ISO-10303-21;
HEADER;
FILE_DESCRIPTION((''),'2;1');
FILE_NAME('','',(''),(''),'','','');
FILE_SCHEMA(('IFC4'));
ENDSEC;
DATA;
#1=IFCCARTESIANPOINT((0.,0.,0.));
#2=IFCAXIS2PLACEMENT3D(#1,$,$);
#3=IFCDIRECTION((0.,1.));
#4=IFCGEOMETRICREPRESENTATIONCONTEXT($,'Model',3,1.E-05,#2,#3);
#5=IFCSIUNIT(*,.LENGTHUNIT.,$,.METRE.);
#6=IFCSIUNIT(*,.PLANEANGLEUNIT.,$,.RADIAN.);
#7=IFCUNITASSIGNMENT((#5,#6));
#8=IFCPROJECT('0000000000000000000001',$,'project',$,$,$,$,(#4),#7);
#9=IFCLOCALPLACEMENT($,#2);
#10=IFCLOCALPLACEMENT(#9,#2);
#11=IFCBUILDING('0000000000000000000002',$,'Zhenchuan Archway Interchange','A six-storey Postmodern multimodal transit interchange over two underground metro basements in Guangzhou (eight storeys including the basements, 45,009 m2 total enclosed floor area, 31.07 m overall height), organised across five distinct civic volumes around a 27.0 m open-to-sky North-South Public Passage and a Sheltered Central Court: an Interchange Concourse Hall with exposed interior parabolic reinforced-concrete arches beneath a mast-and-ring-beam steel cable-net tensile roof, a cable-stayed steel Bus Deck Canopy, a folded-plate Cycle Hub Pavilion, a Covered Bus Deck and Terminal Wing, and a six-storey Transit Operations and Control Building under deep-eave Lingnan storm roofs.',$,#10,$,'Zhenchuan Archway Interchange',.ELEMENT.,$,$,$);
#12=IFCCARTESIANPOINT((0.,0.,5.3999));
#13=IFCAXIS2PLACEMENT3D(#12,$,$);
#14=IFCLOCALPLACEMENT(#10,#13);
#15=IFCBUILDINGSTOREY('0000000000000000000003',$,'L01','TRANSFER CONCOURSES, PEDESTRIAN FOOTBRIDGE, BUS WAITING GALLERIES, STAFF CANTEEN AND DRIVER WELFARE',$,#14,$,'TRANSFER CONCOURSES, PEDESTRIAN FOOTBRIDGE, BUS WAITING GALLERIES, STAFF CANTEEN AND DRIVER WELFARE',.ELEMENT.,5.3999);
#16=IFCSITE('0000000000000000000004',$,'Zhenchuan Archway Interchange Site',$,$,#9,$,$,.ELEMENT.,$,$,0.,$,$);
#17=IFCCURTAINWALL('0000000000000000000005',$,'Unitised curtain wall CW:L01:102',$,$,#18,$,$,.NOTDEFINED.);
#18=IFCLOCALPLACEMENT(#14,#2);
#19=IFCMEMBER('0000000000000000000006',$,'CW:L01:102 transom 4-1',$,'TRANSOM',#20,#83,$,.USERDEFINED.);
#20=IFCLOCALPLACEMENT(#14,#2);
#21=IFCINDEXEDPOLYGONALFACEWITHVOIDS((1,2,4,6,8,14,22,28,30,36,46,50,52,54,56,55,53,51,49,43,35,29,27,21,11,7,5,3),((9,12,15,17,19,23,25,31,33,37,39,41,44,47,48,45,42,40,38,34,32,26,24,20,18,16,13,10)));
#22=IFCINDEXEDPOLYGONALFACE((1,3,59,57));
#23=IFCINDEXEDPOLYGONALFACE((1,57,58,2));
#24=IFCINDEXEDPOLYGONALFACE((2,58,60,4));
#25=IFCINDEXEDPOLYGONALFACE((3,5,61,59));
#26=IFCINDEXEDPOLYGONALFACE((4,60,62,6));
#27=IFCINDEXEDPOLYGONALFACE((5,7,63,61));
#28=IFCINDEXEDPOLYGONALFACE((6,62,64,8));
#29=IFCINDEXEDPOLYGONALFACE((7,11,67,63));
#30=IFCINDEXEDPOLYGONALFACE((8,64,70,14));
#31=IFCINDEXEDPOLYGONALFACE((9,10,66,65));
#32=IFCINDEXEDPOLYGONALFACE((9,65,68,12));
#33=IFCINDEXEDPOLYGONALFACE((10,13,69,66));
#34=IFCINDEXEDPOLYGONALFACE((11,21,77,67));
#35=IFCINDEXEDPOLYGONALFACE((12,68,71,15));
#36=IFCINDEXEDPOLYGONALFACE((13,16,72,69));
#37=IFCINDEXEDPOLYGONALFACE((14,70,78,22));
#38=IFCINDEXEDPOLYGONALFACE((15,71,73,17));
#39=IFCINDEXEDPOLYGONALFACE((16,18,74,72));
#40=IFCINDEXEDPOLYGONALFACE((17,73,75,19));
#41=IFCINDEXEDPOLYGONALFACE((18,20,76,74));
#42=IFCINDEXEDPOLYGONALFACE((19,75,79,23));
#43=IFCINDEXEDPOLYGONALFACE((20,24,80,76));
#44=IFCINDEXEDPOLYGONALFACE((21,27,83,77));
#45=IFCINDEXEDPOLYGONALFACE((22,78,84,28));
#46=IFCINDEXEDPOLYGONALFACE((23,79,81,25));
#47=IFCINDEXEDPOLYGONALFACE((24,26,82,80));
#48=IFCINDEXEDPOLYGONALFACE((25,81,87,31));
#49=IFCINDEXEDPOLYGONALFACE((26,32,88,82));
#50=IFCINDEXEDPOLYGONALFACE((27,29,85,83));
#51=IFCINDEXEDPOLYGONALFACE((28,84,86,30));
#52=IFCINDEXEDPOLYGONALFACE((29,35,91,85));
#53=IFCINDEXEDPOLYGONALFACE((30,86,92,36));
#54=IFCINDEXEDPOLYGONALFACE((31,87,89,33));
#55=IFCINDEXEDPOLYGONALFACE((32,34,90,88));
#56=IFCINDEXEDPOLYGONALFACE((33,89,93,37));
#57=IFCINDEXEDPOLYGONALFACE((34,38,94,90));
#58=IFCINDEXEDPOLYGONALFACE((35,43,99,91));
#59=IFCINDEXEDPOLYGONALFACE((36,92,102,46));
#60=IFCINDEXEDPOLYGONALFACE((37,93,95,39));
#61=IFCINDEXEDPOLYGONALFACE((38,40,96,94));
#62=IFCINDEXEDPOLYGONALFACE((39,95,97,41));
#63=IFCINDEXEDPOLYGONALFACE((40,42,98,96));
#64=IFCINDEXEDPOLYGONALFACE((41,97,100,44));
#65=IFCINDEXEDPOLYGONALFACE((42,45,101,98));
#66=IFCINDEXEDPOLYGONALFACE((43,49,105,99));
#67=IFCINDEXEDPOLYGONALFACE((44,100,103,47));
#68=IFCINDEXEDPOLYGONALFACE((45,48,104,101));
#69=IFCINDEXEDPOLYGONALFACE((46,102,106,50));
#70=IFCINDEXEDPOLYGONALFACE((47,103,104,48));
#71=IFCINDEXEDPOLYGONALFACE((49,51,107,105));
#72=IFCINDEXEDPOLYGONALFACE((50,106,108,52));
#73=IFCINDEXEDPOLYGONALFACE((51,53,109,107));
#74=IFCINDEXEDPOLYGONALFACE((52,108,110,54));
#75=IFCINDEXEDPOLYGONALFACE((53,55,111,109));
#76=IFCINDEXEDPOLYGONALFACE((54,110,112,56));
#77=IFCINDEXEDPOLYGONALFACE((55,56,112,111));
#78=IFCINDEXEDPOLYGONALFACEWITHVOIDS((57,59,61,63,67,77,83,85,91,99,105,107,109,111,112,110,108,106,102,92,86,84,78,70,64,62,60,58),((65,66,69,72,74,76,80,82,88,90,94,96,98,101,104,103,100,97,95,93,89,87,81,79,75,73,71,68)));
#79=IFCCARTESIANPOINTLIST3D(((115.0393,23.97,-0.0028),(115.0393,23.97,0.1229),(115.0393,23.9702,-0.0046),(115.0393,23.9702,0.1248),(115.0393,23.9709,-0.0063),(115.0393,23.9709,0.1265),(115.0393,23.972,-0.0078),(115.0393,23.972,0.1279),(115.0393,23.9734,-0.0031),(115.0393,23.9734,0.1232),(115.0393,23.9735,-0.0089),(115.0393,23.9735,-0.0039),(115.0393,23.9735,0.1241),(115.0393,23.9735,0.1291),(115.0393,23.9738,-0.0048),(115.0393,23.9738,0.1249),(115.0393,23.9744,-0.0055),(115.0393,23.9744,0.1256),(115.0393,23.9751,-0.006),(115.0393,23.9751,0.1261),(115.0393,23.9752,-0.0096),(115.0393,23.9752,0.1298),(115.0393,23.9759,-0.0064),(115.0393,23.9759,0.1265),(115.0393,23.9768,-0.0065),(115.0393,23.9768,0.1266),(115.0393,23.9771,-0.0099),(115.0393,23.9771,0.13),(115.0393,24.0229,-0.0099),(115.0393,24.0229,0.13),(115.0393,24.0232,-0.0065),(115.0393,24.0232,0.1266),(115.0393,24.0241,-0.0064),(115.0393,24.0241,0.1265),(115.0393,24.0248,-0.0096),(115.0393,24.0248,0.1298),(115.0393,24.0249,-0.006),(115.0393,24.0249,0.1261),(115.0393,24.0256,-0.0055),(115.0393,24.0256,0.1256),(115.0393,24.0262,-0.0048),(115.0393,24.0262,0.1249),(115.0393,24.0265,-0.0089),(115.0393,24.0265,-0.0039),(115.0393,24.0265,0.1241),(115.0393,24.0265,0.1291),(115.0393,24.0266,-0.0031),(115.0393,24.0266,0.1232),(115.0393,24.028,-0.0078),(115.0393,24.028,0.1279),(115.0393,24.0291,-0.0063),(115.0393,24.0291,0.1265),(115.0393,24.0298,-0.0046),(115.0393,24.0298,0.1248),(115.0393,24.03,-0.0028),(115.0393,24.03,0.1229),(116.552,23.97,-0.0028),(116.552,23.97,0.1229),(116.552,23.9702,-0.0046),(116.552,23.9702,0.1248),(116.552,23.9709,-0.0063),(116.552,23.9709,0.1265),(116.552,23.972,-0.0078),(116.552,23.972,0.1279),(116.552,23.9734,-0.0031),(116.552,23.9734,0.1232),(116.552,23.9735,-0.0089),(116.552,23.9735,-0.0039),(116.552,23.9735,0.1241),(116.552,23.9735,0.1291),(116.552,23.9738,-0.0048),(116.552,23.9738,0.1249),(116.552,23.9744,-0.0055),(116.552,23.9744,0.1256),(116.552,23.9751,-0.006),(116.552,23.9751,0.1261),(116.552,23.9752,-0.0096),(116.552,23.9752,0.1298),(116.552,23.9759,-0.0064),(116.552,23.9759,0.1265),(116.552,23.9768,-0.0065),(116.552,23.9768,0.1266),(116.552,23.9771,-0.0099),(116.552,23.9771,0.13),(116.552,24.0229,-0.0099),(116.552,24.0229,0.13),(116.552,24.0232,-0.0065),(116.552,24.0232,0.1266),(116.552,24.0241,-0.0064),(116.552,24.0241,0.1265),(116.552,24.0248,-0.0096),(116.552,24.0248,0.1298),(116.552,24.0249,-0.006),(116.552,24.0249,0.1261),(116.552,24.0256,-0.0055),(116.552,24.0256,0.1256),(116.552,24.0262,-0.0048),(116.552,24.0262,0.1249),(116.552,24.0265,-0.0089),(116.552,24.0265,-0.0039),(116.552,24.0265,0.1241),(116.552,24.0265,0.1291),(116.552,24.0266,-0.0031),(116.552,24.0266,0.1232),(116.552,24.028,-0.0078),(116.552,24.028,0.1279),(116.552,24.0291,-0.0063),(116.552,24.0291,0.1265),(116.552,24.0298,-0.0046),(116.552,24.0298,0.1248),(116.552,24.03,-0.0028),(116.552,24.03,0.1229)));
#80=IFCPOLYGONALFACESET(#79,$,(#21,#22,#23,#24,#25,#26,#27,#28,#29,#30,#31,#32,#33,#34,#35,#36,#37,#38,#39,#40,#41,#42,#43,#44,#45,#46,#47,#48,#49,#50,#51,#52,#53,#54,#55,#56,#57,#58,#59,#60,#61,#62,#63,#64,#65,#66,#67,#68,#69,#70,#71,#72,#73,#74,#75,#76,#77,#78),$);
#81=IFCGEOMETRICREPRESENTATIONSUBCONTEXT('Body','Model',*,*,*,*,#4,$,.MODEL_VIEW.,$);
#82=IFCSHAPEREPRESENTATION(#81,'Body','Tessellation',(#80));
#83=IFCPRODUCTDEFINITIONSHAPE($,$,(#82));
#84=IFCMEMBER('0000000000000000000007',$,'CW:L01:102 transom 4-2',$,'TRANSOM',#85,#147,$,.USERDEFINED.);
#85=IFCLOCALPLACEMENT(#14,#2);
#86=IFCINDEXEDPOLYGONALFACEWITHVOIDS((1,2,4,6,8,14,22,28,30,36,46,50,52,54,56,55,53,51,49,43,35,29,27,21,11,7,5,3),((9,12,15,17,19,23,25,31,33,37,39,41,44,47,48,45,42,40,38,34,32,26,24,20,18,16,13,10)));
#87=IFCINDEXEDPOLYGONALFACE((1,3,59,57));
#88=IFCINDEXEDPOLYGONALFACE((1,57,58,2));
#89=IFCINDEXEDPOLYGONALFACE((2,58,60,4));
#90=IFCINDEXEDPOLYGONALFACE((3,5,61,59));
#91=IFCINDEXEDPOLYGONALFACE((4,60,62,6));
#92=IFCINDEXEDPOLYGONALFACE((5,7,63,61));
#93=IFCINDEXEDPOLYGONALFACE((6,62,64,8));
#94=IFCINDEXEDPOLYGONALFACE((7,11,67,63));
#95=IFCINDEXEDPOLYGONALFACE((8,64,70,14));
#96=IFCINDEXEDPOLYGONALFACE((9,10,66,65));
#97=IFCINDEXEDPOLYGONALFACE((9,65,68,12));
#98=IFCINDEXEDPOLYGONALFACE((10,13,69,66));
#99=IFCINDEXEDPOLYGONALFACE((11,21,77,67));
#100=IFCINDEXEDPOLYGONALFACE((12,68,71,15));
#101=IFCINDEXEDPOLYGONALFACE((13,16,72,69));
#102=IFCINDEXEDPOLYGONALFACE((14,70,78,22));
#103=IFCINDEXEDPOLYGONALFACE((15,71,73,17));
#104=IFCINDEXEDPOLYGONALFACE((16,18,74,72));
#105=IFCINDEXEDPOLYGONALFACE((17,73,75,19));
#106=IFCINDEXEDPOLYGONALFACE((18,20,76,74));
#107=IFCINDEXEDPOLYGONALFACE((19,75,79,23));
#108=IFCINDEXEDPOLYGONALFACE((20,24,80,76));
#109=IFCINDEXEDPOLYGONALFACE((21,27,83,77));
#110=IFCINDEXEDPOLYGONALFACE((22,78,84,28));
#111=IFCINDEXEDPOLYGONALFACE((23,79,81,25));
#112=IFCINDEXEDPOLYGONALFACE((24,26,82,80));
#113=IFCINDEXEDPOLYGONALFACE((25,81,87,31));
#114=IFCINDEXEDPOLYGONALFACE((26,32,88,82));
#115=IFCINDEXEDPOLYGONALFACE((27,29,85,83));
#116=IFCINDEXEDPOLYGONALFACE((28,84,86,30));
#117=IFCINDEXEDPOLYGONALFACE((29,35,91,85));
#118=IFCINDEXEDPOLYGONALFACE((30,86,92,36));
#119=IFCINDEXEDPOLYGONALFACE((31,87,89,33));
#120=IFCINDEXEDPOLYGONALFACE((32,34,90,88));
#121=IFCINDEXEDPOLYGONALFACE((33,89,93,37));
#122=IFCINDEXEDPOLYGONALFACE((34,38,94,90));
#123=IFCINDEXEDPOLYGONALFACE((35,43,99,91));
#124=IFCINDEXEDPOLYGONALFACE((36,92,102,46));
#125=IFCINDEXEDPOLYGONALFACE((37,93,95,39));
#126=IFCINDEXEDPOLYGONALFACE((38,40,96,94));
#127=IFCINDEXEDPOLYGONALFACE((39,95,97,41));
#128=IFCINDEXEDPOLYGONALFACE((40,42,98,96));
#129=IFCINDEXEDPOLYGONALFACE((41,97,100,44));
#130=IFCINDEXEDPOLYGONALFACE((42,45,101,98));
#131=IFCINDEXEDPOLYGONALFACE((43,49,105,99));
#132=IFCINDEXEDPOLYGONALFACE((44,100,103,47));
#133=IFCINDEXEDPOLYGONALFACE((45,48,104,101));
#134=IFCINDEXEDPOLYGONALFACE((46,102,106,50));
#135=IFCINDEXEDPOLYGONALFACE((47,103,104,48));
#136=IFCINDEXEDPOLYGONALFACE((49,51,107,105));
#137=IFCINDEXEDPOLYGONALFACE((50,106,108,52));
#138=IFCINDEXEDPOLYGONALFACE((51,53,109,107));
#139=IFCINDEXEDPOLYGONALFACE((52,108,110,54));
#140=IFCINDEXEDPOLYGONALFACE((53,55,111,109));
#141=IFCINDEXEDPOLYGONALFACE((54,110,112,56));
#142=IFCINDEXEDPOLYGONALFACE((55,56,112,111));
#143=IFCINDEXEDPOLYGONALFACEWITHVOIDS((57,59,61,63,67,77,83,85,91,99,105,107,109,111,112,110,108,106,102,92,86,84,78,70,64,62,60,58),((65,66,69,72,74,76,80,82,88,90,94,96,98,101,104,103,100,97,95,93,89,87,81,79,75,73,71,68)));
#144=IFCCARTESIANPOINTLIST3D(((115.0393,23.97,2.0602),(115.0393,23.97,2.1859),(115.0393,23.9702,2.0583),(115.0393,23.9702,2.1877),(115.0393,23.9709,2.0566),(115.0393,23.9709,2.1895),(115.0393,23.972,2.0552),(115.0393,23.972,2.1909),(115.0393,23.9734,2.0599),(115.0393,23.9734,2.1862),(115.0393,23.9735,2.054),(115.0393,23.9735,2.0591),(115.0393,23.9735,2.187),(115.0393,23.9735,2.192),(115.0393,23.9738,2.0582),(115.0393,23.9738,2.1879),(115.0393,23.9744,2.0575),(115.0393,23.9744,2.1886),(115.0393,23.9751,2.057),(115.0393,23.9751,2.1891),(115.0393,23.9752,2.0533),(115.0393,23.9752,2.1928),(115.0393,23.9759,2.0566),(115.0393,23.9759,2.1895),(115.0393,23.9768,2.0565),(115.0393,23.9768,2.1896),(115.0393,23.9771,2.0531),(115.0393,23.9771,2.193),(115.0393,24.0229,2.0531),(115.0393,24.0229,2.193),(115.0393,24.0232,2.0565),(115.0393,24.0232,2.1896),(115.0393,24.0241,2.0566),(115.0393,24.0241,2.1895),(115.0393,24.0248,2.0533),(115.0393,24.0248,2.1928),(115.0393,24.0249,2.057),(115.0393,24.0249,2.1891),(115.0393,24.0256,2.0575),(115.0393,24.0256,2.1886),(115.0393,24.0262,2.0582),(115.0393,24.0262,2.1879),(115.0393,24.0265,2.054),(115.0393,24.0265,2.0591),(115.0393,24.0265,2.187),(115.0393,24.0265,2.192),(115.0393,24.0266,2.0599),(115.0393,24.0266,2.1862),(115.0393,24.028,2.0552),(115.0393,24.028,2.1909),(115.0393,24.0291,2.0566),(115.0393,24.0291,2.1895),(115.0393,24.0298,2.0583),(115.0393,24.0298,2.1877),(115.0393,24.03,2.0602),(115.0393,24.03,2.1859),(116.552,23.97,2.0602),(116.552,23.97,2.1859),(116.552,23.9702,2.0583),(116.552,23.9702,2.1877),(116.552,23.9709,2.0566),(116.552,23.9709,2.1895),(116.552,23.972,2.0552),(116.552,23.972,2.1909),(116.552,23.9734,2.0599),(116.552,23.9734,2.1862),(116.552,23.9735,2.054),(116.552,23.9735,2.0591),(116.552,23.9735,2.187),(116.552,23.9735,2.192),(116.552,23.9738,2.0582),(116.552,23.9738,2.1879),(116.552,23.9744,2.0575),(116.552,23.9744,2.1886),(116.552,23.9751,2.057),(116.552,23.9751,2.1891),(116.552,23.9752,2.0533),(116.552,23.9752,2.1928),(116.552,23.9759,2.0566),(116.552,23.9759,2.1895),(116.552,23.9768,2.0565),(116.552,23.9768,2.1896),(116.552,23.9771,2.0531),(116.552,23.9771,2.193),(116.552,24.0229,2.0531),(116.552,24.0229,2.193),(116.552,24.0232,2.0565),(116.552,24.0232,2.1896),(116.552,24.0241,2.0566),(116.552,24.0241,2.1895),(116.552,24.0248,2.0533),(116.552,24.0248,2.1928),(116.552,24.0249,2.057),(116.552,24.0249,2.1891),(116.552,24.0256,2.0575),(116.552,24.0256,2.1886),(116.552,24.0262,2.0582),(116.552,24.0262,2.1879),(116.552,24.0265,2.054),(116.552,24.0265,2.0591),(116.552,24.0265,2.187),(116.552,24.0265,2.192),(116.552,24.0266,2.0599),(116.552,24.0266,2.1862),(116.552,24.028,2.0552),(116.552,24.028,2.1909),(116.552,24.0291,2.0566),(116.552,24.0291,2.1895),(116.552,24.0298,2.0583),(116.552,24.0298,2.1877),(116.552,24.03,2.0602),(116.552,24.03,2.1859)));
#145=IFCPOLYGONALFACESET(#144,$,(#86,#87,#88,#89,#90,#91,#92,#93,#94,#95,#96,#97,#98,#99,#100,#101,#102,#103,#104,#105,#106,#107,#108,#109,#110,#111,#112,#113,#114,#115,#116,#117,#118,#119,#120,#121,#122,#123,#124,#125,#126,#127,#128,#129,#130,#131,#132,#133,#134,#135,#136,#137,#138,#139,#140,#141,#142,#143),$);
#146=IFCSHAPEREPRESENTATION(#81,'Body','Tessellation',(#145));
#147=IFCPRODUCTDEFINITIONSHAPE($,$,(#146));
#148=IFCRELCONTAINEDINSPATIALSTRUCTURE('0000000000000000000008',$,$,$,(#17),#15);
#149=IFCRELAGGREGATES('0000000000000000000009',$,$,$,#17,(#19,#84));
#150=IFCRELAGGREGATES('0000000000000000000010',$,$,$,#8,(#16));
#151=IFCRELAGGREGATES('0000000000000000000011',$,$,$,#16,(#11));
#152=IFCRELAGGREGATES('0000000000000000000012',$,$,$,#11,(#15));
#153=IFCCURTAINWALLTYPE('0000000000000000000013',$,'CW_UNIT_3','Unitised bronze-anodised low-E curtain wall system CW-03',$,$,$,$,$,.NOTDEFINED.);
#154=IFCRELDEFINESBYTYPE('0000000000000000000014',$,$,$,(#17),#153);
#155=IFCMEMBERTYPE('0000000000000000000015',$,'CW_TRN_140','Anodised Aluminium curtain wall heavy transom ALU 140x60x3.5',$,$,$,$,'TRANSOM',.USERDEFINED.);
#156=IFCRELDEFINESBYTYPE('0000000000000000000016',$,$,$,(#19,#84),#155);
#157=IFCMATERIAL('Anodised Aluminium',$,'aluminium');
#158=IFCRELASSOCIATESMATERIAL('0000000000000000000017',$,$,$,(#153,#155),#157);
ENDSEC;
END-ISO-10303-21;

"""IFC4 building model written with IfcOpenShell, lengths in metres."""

from ifc_helpers import new_model, si_unit, direction, frame, origin, origin_2d, place, context, subcontext, project, spatial, hollow_rectangle, extrude, material, material_profile, profile_set, type_object, element, aggregate, save


model = new_model("IFC4")

# Units and contexts
model_context = context("Model", 3, precision=1e-05, world=origin(), true_north=direction((0.0, 1.0)))
body_context = subcontext(model_context, "Body", "Model", "MODEL_VIEW")
ifc_project = project(units=[si_unit("LENGTHUNIT", "METRE"), si_unit("PLANEANGLEUNIT", "RADIAN")], contexts=[model_context])

# Site, building, storey
site_placement = place(None, origin())
site = spatial("IfcSite", under=ifc_project, at=site_placement, Name="Zhenchuan Archway Interchange Site", CompositionType="ELEMENT", RefElevation=0.0)
building_placement = place(site_placement, origin())
building = spatial("IfcBuilding", under=site, at=building_placement, Name="Zhenchuan Archway Interchange", Description="A six-storey Postmodern multimodal transit interchange over two underground metro basements in Guangzhou (eight storeys including the basements, 45,009 m2 total enclosed floor area, 31.07 m overall height), organised across five distinct civic volumes around a 27.0 m open-to-sky North-South Public Passage and a Sheltered Central Court: an Interchange Concourse Hall with exposed interior parabolic reinforced-concrete arches beneath a mast-and-ring-beam steel cable-net tensile roof, a cable-stayed steel Bus Deck Canopy, a folded-plate Cycle Hub Pavilion, a Covered Bus Deck and Terminal Wing, and a six-storey Transit Operations and Control Building under deep-eave Lingnan storm roofs.", LongName="Zhenchuan Archway Interchange", CompositionType="ELEMENT")
storey_placement = place(building_placement, frame((0.0, 0.0, 5.3999)))
storey = spatial("IfcBuildingStorey", under=building, at=storey_placement, Name="L01", Description="TRANSFER CONCOURSES, PEDESTRIAN FOOTBRIDGE, BUS WAITING GALLERIES, STAFF CANTEEN AND DRIVER WELFARE", LongName="TRANSFER CONCOURSES, PEDESTRIAN FOOTBRIDGE, BUS WAITING GALLERIES, STAFF CANTEEN AND DRIVER WELFARE", CompositionType="ELEMENT", Elevation=5.3999)

# Curtain wall, members
ifc_material_1 = material(Name="Anodised Aluminium", Category="aluminium")
curtain_wall_type = type_object("IfcCurtainWallType", Name="CW_UNIT_3", Description="Unitised bronze-anodised low-E curtain wall system CW-03", PredefinedType="NOTDEFINED", material=ifc_material_1)
curtain_wall_placement = place(storey_placement, origin())
curtain_wall = element("IfcCurtainWall", 1, at=curtain_wall_placement, inside=storey, type_object=curtain_wall_type, Name="Unitised curtain wall CW:L01:102", PredefinedType="NOTDEFINED")
ifc_material_profile_1 = material_profile(ifc_material_1, hollow_rectangle(XDim=0.0601, YDim=0.1399, WallThickness=0.0034, InnerFilletRadius=0.0034, OuterFilletRadius=0.0071, at=origin_2d()), Name="ALU 140x60x3.5")
ifc_profile_set_1 = profile_set([ifc_material_profile_1], Name="Anodised Aluminium")
member_type_1 = type_object("IfcMemberType", Name="CW_TRN_140", Description="Anodised Aluminium curtain wall heavy transom ALU 140x60x3.5", ElementType="TRANSOM", PredefinedType="USERDEFINED", material=ifc_profile_set_1)
member_1_placement = place(storey_placement, frame((115.0393, 24.0, 0.0601), z_axis=(1.0, 0.0, 0.0), x_axis=(0.0, 1.0, 0.0)))
member_1 = element("IfcMember", 2, at=member_1_placement, type_object=member_type_1, Name="CW:L01:102 transom 4-1", ObjectType="TRANSOM", PredefinedType="USERDEFINED", context=body_context, shape_type="SweptSolid", body=[
    extrude(hollow_rectangle(XDim=0.0601, YDim=0.1399, WallThickness=0.0034, InnerFilletRadius=0.0034, OuterFilletRadius=0.0071, at=origin_2d()), origin(), (0.0, 0.0, 1.0), 1.5127),
])
member_2_placement = place(storey_placement, frame((115.0393, 24.0, 2.123), z_axis=(1.0, 0.0, 0.0), x_axis=(0.0, 1.0, 0.0)))
member_2 = element("IfcMember", 3, at=member_2_placement, type_object=member_type_1, Name="CW:L01:102 transom 4-2", ObjectType="TRANSOM", PredefinedType="USERDEFINED", context=body_context, shape_type="SweptSolid", body=[
    extrude(hollow_rectangle(XDim=0.0601, YDim=0.1399, WallThickness=0.0034, InnerFilletRadius=0.0034, OuterFilletRadius=0.0071, at=origin_2d()), origin(), (0.0, 0.0, 1.0), 1.5127),
])

aggregate(curtain_wall, [member_1, member_2])

save(model, "model.ifc")
